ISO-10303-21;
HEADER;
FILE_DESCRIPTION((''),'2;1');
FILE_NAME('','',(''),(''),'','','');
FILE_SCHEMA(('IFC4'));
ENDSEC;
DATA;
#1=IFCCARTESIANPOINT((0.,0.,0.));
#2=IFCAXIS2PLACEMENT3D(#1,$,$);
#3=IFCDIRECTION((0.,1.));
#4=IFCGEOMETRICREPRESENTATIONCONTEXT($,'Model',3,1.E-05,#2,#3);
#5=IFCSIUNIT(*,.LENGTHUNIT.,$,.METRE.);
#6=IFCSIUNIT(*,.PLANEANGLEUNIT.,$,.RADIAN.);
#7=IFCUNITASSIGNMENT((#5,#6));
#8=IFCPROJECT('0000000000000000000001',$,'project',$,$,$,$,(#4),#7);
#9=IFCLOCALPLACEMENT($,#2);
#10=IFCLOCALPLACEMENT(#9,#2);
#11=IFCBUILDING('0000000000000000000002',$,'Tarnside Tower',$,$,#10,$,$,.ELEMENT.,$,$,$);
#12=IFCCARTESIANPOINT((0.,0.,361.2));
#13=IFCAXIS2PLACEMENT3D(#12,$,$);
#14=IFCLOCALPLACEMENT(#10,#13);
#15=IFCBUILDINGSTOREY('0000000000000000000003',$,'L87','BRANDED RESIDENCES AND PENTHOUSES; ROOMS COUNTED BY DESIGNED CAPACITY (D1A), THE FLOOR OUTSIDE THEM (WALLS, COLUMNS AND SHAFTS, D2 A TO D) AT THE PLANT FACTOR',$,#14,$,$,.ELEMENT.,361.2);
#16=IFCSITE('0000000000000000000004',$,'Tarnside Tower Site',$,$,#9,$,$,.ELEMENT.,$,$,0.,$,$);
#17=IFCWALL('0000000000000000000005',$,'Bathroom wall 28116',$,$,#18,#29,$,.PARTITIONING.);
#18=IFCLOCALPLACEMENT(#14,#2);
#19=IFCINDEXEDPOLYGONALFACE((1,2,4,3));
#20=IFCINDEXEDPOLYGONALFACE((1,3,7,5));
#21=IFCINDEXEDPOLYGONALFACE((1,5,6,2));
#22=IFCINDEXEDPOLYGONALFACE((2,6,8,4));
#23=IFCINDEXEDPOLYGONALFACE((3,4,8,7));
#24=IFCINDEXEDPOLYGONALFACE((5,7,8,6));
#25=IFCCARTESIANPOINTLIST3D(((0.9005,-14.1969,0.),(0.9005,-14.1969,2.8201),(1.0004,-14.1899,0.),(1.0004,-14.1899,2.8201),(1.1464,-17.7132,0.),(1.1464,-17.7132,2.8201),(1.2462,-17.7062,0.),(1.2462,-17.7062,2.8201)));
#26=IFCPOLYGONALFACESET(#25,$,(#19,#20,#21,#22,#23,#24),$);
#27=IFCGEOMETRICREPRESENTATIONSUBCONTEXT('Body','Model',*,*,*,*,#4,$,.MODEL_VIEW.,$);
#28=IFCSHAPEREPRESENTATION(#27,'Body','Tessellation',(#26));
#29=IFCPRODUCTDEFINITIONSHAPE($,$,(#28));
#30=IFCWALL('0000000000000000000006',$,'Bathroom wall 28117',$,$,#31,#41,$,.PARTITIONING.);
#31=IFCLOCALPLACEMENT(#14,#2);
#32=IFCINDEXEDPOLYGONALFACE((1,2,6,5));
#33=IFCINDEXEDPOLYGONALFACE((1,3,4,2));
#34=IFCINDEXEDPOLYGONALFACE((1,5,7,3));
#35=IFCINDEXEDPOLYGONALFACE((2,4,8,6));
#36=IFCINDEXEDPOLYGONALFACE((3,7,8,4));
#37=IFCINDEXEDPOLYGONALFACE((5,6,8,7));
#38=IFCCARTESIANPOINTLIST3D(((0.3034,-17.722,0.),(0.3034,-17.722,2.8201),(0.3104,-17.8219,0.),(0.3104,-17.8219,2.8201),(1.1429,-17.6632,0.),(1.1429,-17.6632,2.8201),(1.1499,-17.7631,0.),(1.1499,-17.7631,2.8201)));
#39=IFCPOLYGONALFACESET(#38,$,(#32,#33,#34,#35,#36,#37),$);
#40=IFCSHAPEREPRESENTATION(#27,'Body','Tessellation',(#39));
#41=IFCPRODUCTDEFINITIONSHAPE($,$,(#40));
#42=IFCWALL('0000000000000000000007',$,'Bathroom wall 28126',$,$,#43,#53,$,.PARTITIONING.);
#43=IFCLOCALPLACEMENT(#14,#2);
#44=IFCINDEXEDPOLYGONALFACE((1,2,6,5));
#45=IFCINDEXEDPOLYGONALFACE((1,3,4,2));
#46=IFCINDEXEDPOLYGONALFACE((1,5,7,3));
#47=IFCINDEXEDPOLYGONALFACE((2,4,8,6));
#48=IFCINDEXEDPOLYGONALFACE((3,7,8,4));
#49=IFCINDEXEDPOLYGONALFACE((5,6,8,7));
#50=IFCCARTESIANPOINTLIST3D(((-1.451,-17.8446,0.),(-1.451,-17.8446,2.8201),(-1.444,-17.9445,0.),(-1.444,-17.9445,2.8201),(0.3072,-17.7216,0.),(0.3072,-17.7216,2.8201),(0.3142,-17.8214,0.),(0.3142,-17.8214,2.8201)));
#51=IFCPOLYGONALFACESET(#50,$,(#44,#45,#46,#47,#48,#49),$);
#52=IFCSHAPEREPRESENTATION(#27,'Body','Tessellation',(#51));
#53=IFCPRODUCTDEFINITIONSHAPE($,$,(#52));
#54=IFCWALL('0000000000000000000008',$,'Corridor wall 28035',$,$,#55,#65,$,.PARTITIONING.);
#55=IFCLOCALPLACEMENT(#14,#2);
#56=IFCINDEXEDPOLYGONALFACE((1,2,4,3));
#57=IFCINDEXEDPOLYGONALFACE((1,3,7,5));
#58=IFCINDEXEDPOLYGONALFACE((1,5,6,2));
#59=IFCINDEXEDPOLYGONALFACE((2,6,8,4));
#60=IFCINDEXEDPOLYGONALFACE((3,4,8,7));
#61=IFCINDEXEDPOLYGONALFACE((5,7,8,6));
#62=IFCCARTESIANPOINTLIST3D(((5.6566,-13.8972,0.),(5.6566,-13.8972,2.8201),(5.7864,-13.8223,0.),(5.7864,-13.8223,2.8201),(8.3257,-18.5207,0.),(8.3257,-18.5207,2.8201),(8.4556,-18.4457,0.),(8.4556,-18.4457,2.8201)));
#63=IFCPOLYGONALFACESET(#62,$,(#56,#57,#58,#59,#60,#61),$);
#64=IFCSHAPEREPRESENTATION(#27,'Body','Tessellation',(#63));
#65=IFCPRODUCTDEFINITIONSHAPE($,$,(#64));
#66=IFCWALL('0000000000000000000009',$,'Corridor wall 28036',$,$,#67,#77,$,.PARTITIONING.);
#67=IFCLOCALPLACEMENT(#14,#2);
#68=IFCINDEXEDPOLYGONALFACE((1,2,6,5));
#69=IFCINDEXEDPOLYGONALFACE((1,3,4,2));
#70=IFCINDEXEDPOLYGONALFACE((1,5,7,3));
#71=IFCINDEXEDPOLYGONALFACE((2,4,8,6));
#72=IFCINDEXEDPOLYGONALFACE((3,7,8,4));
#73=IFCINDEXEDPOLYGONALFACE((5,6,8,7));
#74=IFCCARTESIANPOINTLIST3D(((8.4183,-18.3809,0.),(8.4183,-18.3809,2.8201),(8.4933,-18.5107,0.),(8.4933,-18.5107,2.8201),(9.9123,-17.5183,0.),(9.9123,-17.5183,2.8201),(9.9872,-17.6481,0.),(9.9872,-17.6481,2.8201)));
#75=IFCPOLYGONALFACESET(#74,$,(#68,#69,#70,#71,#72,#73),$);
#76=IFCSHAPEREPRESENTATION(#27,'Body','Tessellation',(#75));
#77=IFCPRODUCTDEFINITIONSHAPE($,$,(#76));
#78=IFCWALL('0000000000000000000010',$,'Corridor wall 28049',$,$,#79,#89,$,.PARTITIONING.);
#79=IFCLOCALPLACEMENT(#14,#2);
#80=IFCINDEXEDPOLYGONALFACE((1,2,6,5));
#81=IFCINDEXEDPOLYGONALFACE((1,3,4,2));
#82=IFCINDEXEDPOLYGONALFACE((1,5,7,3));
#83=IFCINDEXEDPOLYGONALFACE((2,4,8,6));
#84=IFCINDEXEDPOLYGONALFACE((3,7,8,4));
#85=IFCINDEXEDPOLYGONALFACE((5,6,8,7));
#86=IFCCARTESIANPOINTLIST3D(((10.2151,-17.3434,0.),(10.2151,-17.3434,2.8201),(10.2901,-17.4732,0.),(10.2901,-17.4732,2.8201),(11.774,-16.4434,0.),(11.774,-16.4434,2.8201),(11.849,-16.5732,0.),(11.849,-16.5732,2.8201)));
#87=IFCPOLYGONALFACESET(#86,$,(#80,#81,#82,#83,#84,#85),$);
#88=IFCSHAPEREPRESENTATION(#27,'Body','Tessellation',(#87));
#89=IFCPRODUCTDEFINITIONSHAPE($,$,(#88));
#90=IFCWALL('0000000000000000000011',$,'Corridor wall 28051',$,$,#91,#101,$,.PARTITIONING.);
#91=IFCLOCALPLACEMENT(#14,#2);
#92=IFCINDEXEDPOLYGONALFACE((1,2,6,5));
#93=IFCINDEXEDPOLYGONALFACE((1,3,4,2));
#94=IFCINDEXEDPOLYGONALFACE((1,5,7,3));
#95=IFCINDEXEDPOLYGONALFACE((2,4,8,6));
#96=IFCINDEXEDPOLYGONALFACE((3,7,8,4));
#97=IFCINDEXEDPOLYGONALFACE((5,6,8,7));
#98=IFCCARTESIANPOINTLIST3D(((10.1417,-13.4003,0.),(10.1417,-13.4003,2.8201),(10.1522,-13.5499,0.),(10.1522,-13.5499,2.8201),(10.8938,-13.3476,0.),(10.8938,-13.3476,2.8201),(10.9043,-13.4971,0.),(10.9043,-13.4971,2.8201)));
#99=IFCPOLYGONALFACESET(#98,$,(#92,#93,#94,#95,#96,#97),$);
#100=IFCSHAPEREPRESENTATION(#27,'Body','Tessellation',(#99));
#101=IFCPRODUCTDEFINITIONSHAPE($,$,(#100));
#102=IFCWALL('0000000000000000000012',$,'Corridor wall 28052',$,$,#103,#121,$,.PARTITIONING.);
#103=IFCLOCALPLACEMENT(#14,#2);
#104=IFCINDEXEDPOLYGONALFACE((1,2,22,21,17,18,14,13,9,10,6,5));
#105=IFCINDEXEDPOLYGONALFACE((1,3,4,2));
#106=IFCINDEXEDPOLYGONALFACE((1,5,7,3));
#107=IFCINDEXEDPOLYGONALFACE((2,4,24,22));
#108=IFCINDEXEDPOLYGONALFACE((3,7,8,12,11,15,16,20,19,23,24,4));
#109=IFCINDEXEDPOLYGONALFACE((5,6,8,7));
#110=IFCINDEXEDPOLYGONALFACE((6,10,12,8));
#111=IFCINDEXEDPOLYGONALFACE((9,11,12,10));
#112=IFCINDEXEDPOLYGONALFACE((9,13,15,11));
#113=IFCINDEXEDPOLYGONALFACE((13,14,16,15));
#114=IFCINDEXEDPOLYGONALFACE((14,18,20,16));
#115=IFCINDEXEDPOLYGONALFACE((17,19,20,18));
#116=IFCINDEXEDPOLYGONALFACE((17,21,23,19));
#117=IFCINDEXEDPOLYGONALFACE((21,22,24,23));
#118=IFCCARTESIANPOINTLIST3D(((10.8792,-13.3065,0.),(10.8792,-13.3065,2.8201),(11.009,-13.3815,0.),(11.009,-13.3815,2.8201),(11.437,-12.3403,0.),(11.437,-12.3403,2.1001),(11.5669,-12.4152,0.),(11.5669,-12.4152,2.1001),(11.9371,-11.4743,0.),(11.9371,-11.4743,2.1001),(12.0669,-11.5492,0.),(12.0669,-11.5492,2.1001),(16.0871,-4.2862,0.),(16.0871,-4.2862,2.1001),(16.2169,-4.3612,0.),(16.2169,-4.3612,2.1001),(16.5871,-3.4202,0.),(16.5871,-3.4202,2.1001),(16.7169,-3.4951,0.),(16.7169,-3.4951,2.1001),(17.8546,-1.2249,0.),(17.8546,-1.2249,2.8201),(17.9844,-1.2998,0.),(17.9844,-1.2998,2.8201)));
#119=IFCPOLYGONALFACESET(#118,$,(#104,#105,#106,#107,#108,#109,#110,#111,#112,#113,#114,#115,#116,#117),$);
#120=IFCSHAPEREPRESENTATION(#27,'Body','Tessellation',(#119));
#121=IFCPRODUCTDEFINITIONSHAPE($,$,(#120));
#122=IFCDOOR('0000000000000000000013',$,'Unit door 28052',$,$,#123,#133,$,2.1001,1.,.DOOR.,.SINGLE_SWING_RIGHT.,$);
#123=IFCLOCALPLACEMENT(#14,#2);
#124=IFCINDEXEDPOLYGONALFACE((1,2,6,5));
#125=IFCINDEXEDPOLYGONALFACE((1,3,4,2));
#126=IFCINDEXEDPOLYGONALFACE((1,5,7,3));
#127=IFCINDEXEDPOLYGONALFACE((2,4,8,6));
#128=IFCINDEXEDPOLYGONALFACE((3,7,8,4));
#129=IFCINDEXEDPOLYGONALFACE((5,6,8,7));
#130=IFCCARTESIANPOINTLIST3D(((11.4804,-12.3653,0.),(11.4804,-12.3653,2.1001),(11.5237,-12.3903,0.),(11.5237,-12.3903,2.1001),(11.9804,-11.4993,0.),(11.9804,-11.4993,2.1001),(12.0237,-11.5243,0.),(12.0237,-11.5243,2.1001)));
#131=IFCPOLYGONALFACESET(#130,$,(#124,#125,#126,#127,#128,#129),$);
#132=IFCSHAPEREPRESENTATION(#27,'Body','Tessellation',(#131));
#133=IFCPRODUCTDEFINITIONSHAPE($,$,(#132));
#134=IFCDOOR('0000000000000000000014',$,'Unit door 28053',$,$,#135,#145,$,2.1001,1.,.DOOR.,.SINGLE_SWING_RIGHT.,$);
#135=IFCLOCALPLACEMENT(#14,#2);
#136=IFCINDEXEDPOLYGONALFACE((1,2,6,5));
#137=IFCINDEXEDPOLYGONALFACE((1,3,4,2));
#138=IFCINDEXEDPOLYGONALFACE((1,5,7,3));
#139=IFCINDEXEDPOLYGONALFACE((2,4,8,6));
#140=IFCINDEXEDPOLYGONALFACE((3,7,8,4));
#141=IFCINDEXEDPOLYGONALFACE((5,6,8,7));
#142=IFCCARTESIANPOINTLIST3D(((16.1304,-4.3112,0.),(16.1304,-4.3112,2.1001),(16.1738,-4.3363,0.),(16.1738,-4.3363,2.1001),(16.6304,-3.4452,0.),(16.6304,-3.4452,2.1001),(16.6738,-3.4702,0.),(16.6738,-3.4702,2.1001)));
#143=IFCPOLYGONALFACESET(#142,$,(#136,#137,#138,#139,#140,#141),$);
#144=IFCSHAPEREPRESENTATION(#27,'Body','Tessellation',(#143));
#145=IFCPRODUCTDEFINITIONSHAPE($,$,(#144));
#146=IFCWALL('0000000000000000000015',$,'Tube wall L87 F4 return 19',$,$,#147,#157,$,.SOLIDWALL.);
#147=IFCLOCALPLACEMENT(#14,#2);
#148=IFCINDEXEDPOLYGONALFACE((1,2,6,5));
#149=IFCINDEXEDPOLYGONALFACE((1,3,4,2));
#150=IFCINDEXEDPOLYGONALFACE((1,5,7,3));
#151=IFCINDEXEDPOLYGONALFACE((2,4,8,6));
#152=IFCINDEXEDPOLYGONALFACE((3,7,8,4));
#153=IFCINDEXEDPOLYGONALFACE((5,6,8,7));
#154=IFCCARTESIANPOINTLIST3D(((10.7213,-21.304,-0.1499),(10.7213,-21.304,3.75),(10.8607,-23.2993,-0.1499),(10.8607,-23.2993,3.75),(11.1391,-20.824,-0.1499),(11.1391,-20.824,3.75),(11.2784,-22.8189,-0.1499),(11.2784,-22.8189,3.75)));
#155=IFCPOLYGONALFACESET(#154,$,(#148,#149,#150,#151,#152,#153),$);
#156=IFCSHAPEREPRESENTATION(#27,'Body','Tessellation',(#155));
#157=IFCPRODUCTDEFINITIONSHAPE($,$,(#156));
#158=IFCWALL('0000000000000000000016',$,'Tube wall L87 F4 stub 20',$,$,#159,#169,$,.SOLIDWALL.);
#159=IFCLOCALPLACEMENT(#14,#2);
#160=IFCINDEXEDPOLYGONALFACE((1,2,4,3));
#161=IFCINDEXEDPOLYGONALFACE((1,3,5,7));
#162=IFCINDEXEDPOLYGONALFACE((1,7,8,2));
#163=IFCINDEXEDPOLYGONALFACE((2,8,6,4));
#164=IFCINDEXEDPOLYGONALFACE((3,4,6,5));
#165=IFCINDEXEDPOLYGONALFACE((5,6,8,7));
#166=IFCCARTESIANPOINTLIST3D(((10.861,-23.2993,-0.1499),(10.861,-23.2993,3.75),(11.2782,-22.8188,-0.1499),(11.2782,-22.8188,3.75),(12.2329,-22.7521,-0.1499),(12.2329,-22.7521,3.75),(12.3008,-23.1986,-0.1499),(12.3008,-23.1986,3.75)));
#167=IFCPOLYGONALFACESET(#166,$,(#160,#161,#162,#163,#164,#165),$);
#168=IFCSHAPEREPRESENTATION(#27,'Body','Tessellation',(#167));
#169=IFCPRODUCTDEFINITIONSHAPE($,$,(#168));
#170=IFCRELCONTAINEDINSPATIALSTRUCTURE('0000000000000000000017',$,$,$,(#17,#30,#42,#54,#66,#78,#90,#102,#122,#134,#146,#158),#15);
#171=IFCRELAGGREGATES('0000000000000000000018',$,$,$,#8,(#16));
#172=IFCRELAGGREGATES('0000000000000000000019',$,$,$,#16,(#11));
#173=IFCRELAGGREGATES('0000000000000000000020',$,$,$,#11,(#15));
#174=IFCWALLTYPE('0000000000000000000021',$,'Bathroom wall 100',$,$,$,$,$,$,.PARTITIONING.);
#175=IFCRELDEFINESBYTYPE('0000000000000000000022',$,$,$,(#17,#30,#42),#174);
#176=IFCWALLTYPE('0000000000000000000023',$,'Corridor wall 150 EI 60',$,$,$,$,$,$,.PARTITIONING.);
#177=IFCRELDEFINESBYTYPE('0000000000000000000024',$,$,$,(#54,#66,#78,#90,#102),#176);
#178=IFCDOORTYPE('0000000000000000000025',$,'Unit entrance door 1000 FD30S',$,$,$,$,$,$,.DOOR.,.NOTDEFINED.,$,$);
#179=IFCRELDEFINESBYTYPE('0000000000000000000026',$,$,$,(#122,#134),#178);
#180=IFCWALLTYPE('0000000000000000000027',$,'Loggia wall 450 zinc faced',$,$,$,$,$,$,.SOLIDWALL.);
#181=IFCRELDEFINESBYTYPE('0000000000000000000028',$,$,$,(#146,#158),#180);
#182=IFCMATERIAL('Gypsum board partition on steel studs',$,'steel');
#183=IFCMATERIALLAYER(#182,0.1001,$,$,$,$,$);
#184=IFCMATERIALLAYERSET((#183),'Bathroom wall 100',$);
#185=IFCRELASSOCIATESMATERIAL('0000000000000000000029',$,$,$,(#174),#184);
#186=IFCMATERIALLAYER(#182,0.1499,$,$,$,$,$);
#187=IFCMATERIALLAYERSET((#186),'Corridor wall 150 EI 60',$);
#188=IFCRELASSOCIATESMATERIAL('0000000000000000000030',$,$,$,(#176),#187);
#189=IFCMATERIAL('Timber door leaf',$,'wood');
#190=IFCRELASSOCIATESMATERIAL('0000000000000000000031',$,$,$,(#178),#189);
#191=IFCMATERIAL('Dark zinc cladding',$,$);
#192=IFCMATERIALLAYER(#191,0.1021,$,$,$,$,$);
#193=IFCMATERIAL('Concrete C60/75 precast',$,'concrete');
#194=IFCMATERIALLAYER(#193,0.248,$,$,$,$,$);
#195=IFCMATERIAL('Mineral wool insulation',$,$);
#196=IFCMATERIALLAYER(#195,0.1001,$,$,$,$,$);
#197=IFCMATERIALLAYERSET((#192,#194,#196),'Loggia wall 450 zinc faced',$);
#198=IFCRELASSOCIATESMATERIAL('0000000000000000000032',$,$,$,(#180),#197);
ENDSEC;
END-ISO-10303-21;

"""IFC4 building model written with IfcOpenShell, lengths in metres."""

from ifc_helpers import new_model, si_unit, direction, frame, frame_2d, origin, place, context, subcontext, project, spatial, polyline, rectangle, outline, extrude, material, layer, layer_set, type_object, element, fill, save


model = new_model("IFC4")

# Units and contexts
model_context = context("Model", 3, precision=1e-05, world=origin(), true_north=direction((0.0, 1.0)))
body_context = subcontext(model_context, "Body", "Model", "MODEL_VIEW")
ifc_project = project(units=[si_unit("LENGTHUNIT", "METRE"), si_unit("PLANEANGLEUNIT", "RADIAN")], contexts=[model_context])

# Site, building, storey
site_placement = place(None, origin())
site = spatial("IfcSite", under=ifc_project, at=site_placement, Name="Tarnside Tower Site", CompositionType="ELEMENT", RefElevation=0.0)
building_placement = place(site_placement, origin())
building = spatial("IfcBuilding", under=site, at=building_placement, Name="Tarnside Tower", CompositionType="ELEMENT")
storey_placement = place(building_placement, frame((0.0, 0.0, 361.2)))
storey = spatial("IfcBuildingStorey", under=building, at=storey_placement, Name="L87", Description="BRANDED RESIDENCES AND PENTHOUSES; ROOMS COUNTED BY DESIGNED CAPACITY (D1A), THE FLOOR OUTSIDE THEM (WALLS, COLUMNS AND SHAFTS, D2 A TO D) AT THE PLANT FACTOR", CompositionType="ELEMENT", Elevation=361.2)

# Walls
ifc_material_1 = material(Name="Gypsum board partition on steel studs", Category="steel")
ifc_layer_1 = layer(ifc_material_1, 0.1001)
ifc_layer_set_1 = layer_set([ifc_layer_1], Name="Bathroom wall 100")
wall_type_1 = type_object("IfcWallType", Name="Bathroom wall 100", PredefinedType="PARTITIONING", material=ifc_layer_set_1)
wall_1_placement = place(storey_placement, frame((0.9504, -14.1934, 0.0), z_axis=(0.0, 0.0, 1.0), x_axis=(0.069746, -0.997565, 0.0)))
element("IfcWall", 1, at=wall_1_placement, inside=storey, type_object=wall_type_1, Name="Bathroom wall 28116", PredefinedType="PARTITIONING", context=body_context, shape_type="SweptSolid", body=[
    extrude(rectangle(XDim=3.5249, YDim=0.1001, at=frame_2d((1.7625, 0.0))), origin(), (0.0, 0.0, 1.0), 2.8201),
])
wall_2_placement = place(storey_placement, frame((1.1465, -17.7131, 0.0), z_axis=(0.0, 0.0, 1.0), x_axis=(-0.997554, -0.069907, 0.0)))
element("IfcWall", 2, at=wall_2_placement, inside=storey, type_object=wall_type_1, Name="Bathroom wall 28117", PredefinedType="PARTITIONING", context=body_context, shape_type="SweptSolid", body=[
    extrude(rectangle(XDim=0.8416, YDim=0.1001, at=frame_2d((0.4209, 0.0))), origin(), (0.0, 0.0, 1.0), 2.8201),
])
wall_3_placement = place(storey_placement, frame((0.3108, -17.7715, 0.0), z_axis=(0.0, 0.0, 1.0), x_axis=(-0.99756, -0.069819, 0.0)))
element("IfcWall", 3, at=wall_3_placement, inside=storey, type_object=wall_type_1, Name="Bathroom wall 28126", PredefinedType="PARTITIONING", context=body_context, shape_type="SweptSolid", body=[
    extrude(rectangle(XDim=1.7625, YDim=0.1001, at=frame_2d((0.8813, 0.0))), origin(), (0.0, 0.0, 1.0), 2.8201),
])
ifc_layer_2 = layer(ifc_material_1, 0.1499)
ifc_layer_set_2 = layer_set([ifc_layer_2], Name="Corridor wall 150 EI 60")
wall_type_2 = type_object("IfcWallType", Name="Corridor wall 150 EI 60", PredefinedType="PARTITIONING", material=ifc_layer_set_2)
wall_4_placement = place(storey_placement, frame((5.7214, -13.8596, 0.0), z_axis=(0.0, 0.0, 1.0), x_axis=(0.499971, -0.866042, 0.0)))
element("IfcWall", 4, at=wall_4_placement, inside=storey, type_object=wall_type_2, Name="Corridor wall 28035", PredefinedType="PARTITIONING", context=body_context, shape_type="SweptSolid", body=[
    extrude(rectangle(XDim=5.3386, YDim=0.1499, at=frame_2d((2.6694, 0.0))), origin(), (0.0, 0.0, 1.0), 2.8201),
])
wall_5_placement = place(storey_placement, frame((8.4558, -18.4458, 0.0), z_axis=(0.0, 0.0, 1.0), x_axis=(0.866014, 0.500021, 0.0)))
element("IfcWall", 5, at=wall_5_placement, inside=storey, type_object=wall_type_2, Name="Corridor wall 28036", PredefinedType="PARTITIONING", context=body_context, shape_type="SweptSolid", body=[
    extrude(rectangle(XDim=1.7251, YDim=0.1499, at=frame_2d((0.8625, 0.0))), origin(), (0.0, 0.0, 1.0), 2.8201),
])
wall_6_placement = place(storey_placement, frame((10.2527, -17.4082, 0.0), z_axis=(0.0, 0.0, 1.0), x_axis=(0.866048, 0.499961, 0.0)))
element("IfcWall", 6, at=wall_6_placement, inside=storey, type_object=wall_type_2, Name="Corridor wall 28049", PredefinedType="PARTITIONING", context=body_context, shape_type="SweptSolid", body=[
    extrude(rectangle(XDim=1.8, YDim=0.1499, at=frame_2d((0.8999, 0.0))), origin(), (0.0, 0.0, 1.0), 2.8201),
])
wall_7_placement = place(storey_placement, frame((10.147, -13.4751, 0.0), z_axis=(0.0, 0.0, 1.0), x_axis=(0.99755, 0.069958, 0.0)))
element("IfcWall", 7, at=wall_7_placement, inside=storey, type_object=wall_type_2, Name="Corridor wall 28051", PredefinedType="PARTITIONING", context=body_context, shape_type="SweptSolid", body=[
    extrude(rectangle(XDim=0.7539, YDim=0.1499, at=frame_2d((0.377, 0.0))), origin(), (0.0, 0.0, 1.0), 2.8201),
])

# Wall, openings, doors
wall_8_placement = place(storey_placement, frame((10.9441, -13.344, 0.0), z_axis=(0.0, 0.0, 1.0), x_axis=(0.500003, 0.866024, 0.0)))
wall_8 = element("IfcWall", 8, at=wall_8_placement, inside=storey, type_object=wall_type_2, Name="Corridor wall 28052", PredefinedType="PARTITIONING", context=body_context, shape_type="SweptSolid", body=[
    extrude(rectangle(XDim=13.9507, YDim=0.1499, at=frame_2d((6.9753, 0.0))), origin(), (0.0, 0.0, 1.0), 2.8201),
])
opening_1_placement = place(wall_8_placement, frame((1.1157, 0.0, 0.0)))
opening_1 = element("IfcOpeningElement", 9, at=opening_1_placement, cuts=wall_8, PredefinedType="OPENING", context=body_context, shape_type="SweptSolid", body=[
    extrude(rectangle(XDim=1.0, YDim=2.1001, at=frame_2d((0.5, 1.05))), frame((0.0, 0.085, 0.0), z_axis=(0.0, -1.0, 0.0), x_axis=(1.0, 0.0, 0.0)), (0.0, 0.0, 1.0), 0.1699),
])
opening_2_placement = place(wall_8_placement, frame((10.4158, 0.0, 0.0)))
opening_2 = element("IfcOpeningElement", 10, at=opening_2_placement, cuts=wall_8, PredefinedType="OPENING", context=body_context, shape_type="SweptSolid", body=[
    extrude(rectangle(XDim=1.0, YDim=2.1001, at=frame_2d((0.5, 1.05))), frame((0.0, 0.085, 0.0), z_axis=(0.0, -1.0, 0.0), x_axis=(1.0, 0.0, 0.0)), (0.0, 0.0, 1.0), 0.1699),
])
ifc_material_2 = material(Name="Timber door leaf", Category="wood")
door_type_1 = type_object("IfcDoorType", Name="Unit entrance door 1000 FD30S", OperationType="NOTDEFINED", PredefinedType="DOOR", material=ifc_material_2)
door_1_placement = place(opening_1_placement, origin())
door_1 = element("IfcDoor", 11, at=door_1_placement, inside=storey, type_object=door_type_1, Name="Unit door 28052", OperationType="SINGLE_SWING_RIGHT", OverallHeight=2.1001, OverallWidth=1.0, PredefinedType="DOOR", context=body_context, shape_type="SweptSolid", body=[
    extrude(rectangle(XDim=1.0, YDim=2.1001, at=frame_2d((0.5, 1.05))), frame((0.0, 0.0249, 0.0), z_axis=(0.0, -1.0, 0.0), x_axis=(1.0, 0.0, 0.0)), (0.0, 0.0, 1.0), 0.05),
])
fill(opening_1, door_1)
door_2_placement = place(opening_2_placement, origin())
door_2 = element("IfcDoor", 12, at=door_2_placement, inside=storey, type_object=door_type_1, Name="Unit door 28053", OperationType="SINGLE_SWING_RIGHT", OverallHeight=2.1001, OverallWidth=1.0, PredefinedType="DOOR", context=body_context, shape_type="SweptSolid", body=[
    extrude(rectangle(XDim=1.0, YDim=2.1001, at=frame_2d((0.5, 1.05))), frame((0.0, 0.0249, 0.0), z_axis=(0.0, -1.0, 0.0), x_axis=(1.0, 0.0, 0.0)), (0.0, 0.0, 1.0), 0.05),
])
fill(opening_2, door_2)

# Walls
ifc_material_3 = material(Name="Dark zinc cladding")
ifc_layer_3 = layer(ifc_material_3, 0.1021)
ifc_material_4 = material(Name="Concrete C60/75 precast", Category="concrete")
ifc_layer_4 = layer(ifc_material_4, 0.248)
ifc_material_5 = material(Name="Mineral wool insulation")
ifc_layer_5 = layer(ifc_material_5, 0.1001)
ifc_layer_set_3 = layer_set([ifc_layer_3, ifc_layer_4, ifc_layer_5], Name="Loggia wall 450 zinc faced")
wall_type_3 = type_object("IfcWallType", Name="Loggia wall 450 zinc faced", PredefinedType="SOLIDWALL", material=ifc_layer_set_3)
wall_9_placement = place(storey_placement, frame((10.9302, -21.064, -0.1499), z_axis=(0.0, 0.0, 1.0), x_axis=(0.069703, -0.997568, 0.0)))
element("IfcWall", 13, at=wall_9_placement, inside=storey, type_object=wall_type_3, Name="Tube wall L87 F4 return 19", PredefinedType="SOLIDWALL", context=body_context, shape_type="SweptSolid", body=[
    extrude(outline(polyline([(0.2249, -0.2251), (2.2251, -0.2251), (1.7749, 0.2251), (-0.2249, 0.2251), (0.2249, -0.2251)])), origin(), (0.0, 0.0, 1.0), 3.8999),
])
wall_10_placement = place(storey_placement, frame((11.0696, -23.0591, -0.1499), z_axis=(0.0, 0.0, 1.0), x_axis=(0.997563, 0.069772, 0.0)))
element("IfcWall", 14, at=wall_10_placement, inside=storey, type_object=wall_type_3, Name="Tube wall L87 F4 stub 20", PredefinedType="SOLIDWALL", context=body_context, shape_type="SweptSolid", body=[
    extrude(outline(polyline([(-0.2249, -0.2251), (1.2185, -0.2251), (1.1819, 0.2251), (0.2249, 0.2251), (-0.2249, -0.2251)])), origin(), (0.0, 0.0, 1.0), 3.8999),
])

save(model, "model.ifc")
